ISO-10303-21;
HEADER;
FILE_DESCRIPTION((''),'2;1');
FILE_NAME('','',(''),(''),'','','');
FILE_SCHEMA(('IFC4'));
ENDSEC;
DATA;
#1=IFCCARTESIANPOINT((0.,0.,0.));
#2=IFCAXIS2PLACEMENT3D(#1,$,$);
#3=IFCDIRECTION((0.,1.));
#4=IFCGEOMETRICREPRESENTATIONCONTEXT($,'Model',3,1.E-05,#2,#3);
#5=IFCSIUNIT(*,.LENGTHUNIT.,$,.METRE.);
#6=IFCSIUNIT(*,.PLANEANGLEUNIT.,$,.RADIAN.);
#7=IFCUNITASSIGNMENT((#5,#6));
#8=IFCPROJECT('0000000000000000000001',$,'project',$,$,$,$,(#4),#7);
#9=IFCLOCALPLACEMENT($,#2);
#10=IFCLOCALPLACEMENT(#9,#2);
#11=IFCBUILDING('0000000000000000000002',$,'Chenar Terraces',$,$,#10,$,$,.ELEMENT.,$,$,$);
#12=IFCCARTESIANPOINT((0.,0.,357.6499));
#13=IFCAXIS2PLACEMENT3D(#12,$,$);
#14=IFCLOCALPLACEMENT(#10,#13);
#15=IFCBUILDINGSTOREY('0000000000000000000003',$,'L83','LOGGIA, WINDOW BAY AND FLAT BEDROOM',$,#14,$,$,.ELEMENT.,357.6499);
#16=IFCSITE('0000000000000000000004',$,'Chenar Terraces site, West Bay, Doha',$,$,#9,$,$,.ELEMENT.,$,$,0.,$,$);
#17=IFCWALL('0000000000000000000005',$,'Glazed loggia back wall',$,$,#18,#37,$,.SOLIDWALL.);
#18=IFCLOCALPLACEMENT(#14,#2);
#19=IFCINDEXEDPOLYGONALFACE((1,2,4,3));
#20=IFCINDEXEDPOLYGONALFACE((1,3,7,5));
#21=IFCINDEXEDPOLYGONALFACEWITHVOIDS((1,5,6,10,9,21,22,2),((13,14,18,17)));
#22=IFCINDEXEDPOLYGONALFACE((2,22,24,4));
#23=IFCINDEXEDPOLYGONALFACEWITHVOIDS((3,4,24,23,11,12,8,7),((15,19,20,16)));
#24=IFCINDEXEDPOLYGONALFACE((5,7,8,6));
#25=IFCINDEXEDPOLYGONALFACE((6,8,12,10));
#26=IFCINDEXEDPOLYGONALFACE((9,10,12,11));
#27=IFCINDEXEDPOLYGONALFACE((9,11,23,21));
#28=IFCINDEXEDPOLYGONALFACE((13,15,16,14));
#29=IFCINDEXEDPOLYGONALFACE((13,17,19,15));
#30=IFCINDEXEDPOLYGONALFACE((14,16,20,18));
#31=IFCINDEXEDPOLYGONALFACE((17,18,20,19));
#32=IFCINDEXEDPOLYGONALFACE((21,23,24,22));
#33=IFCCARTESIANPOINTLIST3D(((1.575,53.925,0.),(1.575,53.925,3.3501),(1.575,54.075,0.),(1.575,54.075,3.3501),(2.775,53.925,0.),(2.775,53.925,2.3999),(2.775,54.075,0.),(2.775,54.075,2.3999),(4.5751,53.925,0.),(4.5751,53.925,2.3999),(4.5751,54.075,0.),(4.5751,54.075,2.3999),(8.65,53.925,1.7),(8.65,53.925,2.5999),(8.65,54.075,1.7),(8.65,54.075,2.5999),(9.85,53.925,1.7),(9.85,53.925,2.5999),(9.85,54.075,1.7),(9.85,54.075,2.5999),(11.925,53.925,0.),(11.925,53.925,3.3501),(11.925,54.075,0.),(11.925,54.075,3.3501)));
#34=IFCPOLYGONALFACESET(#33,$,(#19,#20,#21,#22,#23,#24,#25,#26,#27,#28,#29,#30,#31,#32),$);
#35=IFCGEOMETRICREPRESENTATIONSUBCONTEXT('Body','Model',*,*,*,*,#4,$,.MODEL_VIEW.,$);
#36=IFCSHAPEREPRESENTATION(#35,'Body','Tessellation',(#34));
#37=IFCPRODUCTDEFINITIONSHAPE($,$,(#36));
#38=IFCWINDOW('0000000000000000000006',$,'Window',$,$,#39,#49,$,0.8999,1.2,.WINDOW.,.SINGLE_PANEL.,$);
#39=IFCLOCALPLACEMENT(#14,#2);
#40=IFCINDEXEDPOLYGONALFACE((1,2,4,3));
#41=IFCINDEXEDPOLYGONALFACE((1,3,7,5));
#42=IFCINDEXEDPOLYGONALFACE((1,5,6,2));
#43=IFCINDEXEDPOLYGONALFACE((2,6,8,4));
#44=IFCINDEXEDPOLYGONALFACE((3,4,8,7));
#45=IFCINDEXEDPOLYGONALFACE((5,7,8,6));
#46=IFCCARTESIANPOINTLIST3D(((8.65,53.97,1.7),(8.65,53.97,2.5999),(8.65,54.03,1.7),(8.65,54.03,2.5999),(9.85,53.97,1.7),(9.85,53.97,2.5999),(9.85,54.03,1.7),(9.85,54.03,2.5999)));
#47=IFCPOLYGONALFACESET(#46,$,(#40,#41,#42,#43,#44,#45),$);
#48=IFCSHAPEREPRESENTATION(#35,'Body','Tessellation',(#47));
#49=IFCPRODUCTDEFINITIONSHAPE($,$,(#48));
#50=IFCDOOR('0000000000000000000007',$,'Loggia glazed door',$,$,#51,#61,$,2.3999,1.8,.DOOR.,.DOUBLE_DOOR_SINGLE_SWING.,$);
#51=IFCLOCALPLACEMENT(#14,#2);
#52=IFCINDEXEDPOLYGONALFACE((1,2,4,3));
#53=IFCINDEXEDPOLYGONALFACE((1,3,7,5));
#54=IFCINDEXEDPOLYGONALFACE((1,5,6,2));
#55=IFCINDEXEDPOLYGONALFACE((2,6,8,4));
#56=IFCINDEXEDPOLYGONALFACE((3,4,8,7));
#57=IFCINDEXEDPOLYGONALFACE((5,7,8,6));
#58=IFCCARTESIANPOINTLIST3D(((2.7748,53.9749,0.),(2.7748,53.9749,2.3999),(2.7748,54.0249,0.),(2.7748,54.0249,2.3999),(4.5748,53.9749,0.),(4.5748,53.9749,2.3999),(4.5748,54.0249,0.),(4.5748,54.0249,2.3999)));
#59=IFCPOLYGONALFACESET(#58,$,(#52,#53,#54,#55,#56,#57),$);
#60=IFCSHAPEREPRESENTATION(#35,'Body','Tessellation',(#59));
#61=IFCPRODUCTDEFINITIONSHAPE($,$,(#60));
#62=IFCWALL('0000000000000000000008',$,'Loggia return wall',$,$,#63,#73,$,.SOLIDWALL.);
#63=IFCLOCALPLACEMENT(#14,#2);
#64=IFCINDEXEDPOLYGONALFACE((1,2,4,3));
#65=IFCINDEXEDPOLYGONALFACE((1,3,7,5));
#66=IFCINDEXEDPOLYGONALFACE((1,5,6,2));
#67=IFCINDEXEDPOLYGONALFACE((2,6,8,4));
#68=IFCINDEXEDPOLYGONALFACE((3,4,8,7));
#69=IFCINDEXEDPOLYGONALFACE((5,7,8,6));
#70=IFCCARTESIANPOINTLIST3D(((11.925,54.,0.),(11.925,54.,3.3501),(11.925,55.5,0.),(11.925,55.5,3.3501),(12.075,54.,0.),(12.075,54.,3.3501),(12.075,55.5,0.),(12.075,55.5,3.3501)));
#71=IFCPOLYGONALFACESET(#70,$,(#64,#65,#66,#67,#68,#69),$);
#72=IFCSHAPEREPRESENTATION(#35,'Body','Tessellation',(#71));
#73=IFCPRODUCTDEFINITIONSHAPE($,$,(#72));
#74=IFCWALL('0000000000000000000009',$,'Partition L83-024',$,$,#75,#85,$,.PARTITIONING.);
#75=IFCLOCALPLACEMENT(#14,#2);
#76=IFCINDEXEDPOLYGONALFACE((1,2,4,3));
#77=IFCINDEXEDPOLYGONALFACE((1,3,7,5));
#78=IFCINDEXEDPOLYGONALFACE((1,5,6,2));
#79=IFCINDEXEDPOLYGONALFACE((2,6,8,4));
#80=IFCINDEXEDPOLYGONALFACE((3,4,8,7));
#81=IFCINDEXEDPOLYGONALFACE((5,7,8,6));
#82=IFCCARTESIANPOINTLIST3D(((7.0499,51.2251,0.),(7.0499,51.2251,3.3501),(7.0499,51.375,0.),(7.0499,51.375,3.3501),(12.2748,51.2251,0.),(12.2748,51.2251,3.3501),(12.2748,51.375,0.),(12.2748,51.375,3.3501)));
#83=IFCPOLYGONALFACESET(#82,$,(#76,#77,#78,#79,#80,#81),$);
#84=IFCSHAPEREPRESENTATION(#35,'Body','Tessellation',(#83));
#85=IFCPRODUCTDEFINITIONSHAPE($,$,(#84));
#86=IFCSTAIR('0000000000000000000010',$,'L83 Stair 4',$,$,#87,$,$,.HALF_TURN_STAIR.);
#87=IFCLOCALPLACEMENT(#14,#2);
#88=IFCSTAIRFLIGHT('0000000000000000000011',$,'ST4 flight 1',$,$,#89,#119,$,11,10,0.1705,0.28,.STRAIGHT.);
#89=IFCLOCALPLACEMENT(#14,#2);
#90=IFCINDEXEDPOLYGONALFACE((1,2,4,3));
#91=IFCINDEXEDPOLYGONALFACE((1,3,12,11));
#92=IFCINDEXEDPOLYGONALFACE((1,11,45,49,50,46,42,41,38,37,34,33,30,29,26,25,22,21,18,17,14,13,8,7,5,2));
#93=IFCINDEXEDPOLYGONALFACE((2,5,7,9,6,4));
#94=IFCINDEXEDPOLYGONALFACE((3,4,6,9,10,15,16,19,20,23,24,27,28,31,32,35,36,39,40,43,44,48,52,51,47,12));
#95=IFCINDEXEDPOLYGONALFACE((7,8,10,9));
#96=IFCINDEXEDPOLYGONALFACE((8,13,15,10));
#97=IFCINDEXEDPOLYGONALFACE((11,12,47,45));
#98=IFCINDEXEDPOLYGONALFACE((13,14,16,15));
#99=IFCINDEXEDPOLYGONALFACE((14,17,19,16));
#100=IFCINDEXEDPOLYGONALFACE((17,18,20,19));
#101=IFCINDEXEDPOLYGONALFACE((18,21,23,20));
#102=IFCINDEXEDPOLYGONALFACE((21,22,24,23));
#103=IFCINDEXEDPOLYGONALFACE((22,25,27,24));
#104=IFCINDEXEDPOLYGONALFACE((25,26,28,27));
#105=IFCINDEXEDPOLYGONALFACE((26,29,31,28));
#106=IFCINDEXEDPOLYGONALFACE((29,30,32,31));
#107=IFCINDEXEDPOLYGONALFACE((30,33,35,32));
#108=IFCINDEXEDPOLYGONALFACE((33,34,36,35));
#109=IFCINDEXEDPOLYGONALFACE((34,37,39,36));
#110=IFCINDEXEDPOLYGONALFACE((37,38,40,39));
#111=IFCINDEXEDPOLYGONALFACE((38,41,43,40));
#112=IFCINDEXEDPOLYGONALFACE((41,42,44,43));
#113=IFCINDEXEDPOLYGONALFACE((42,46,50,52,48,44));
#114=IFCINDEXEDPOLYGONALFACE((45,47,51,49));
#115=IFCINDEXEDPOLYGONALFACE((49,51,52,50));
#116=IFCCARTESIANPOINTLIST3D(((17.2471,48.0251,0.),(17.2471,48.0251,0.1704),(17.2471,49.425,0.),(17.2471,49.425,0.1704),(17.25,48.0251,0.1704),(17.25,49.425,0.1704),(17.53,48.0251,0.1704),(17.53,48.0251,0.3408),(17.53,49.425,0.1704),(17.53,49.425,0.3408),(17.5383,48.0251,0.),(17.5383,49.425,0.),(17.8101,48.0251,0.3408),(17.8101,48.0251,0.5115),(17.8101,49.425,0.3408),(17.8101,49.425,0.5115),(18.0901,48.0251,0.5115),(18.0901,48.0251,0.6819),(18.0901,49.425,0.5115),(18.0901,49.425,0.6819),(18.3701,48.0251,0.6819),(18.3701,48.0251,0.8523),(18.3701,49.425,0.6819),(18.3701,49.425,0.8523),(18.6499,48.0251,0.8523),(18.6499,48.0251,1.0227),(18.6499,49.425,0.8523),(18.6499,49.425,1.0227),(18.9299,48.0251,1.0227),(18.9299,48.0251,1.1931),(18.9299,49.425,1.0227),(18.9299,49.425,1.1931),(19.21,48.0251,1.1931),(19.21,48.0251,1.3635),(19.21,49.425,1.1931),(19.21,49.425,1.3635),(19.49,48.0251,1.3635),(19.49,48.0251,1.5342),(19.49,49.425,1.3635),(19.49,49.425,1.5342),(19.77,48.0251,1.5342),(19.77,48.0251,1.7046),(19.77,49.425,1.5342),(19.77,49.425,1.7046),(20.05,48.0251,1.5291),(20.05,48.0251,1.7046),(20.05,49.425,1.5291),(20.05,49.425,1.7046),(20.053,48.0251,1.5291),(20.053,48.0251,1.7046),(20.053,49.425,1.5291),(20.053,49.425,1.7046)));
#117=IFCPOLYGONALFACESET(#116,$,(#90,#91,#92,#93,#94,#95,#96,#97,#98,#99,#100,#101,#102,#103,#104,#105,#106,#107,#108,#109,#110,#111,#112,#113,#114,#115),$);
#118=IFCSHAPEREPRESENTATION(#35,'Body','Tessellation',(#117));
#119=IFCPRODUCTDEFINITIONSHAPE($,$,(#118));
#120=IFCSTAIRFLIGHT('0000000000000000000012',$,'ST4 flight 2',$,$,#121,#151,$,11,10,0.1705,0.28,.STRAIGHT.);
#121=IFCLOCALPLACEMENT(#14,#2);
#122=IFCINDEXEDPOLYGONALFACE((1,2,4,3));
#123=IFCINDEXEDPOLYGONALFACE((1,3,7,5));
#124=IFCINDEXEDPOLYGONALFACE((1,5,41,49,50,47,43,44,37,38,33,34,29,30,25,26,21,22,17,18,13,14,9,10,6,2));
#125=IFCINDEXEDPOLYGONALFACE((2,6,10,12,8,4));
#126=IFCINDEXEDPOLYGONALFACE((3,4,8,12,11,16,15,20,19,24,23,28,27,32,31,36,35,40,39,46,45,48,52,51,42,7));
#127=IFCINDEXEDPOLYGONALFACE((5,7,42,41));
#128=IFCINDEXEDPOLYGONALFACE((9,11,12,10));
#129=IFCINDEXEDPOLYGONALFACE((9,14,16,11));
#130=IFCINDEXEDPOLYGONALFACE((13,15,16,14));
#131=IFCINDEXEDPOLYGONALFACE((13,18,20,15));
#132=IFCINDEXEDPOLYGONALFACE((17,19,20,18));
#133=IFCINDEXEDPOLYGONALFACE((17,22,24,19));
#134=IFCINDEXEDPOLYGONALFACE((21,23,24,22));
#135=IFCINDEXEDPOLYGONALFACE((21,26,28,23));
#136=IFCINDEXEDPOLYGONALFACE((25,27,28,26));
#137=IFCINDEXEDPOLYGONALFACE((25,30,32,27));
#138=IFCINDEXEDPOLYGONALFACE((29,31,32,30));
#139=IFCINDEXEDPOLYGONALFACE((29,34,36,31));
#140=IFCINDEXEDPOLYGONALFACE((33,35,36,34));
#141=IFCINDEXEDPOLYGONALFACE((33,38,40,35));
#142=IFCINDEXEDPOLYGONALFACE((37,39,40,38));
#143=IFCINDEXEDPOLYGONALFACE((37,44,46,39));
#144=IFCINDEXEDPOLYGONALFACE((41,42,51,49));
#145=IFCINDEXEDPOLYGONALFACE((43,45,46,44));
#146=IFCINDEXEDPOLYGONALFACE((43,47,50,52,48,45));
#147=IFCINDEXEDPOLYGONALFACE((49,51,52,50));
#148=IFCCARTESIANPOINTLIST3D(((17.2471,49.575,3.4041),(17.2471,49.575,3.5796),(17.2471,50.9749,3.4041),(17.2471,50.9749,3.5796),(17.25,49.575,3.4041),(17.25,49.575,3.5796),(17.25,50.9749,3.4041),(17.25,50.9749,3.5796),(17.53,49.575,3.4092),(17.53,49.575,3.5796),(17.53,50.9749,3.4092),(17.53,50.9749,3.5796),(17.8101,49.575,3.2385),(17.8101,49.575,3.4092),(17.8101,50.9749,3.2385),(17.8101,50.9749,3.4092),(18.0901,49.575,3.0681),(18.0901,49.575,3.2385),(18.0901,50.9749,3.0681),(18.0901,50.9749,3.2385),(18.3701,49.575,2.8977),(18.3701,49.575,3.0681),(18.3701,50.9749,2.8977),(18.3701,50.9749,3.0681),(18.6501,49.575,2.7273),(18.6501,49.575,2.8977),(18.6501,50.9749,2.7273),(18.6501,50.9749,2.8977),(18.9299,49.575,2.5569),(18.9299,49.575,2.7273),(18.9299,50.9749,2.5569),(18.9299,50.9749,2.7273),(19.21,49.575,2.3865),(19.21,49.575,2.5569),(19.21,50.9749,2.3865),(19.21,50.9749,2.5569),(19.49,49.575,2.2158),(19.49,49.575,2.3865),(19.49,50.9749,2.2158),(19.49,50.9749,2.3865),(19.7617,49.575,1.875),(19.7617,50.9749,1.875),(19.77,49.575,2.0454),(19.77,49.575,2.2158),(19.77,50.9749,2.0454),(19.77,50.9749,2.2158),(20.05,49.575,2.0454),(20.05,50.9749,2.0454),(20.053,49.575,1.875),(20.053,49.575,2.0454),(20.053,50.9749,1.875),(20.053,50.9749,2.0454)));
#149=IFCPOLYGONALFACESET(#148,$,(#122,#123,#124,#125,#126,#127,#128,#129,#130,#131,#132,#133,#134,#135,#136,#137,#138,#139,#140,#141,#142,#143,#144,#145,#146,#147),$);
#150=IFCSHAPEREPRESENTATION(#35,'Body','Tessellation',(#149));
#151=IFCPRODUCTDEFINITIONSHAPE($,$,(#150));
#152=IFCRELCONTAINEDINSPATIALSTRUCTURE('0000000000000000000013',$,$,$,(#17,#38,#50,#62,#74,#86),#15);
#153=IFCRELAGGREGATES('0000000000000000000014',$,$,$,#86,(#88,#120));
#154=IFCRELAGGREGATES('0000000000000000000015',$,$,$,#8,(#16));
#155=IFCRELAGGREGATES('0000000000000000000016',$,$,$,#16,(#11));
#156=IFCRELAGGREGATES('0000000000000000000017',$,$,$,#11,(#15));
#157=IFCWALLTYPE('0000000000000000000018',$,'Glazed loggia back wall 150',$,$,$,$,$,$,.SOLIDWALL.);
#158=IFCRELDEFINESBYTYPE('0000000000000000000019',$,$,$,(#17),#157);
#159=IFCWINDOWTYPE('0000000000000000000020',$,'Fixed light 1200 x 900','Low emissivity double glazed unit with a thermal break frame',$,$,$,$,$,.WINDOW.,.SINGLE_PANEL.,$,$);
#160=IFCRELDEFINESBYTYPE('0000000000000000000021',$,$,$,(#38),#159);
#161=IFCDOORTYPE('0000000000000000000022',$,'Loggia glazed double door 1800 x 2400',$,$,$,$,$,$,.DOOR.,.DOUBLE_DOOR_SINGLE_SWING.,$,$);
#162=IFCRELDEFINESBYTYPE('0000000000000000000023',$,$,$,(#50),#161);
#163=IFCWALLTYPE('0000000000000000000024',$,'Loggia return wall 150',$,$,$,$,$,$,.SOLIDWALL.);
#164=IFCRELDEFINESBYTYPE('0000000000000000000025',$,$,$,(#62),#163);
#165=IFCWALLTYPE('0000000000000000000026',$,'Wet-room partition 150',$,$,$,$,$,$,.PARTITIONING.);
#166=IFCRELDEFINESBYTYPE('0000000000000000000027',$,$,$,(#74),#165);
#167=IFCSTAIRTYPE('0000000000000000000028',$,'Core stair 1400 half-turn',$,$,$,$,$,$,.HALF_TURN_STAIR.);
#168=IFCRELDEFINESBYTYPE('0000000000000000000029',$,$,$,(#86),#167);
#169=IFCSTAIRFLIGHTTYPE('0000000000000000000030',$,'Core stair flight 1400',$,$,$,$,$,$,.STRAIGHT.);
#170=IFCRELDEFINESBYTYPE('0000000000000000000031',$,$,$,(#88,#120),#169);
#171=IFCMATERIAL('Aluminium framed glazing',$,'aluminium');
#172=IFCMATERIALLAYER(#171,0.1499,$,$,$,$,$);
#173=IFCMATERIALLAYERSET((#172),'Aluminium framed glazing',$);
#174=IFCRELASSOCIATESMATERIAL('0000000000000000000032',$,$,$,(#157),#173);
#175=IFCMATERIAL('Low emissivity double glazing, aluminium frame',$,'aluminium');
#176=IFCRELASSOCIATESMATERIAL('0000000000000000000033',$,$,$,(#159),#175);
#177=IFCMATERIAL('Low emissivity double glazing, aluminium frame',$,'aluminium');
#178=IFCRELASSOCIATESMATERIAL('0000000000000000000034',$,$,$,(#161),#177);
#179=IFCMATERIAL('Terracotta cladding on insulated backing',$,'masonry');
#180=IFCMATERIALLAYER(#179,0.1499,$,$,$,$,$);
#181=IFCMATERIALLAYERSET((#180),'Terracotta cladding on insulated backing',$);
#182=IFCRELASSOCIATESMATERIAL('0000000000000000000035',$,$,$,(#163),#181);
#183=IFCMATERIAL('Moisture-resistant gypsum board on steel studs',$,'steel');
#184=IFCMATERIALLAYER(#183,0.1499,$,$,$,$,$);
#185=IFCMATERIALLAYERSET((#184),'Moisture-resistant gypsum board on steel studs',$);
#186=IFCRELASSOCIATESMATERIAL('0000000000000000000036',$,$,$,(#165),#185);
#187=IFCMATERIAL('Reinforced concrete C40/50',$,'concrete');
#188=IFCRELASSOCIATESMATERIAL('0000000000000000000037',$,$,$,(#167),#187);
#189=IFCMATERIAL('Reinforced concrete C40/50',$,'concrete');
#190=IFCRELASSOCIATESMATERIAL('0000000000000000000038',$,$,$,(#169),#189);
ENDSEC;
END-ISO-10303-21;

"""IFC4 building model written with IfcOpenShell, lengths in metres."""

from ifc_helpers import new_model, si_unit, direction, frame, frame_2d, origin, place, context, subcontext, project, spatial, polyline, rectangle, outline, extrude, material, layer, layer_set, type_object, element, fill, aggregate, save


model = new_model("IFC4")

# Units and contexts
model_context = context("Model", 3, precision=1e-05, world=origin(), true_north=direction((0.0, 1.0)))
body_context = subcontext(model_context, "Body", "Model", "MODEL_VIEW")
ifc_project = project(units=[si_unit("LENGTHUNIT", "METRE"), si_unit("PLANEANGLEUNIT", "RADIAN")], contexts=[model_context])

# Site, building, storey
site_placement = place(None, origin())
site = spatial("IfcSite", under=ifc_project, at=site_placement, Name="Chenar Terraces site, West Bay, Doha", CompositionType="ELEMENT", RefElevation=0.0)
building_placement = place(site_placement, origin())
building = spatial("IfcBuilding", under=site, at=building_placement, Name="Chenar Terraces", CompositionType="ELEMENT")
storey_placement = place(building_placement, frame((0.0, 0.0, 357.6499)))
storey = spatial("IfcBuildingStorey", under=building, at=storey_placement, Name="L83", Description="LOGGIA, WINDOW BAY AND FLAT BEDROOM", CompositionType="ELEMENT", Elevation=357.6499)

# Wall, openings, window, door
ifc_material_1 = material(Name="Aluminium framed glazing", Category="aluminium")
ifc_layer_1 = layer(ifc_material_1, 0.1499)
ifc_layer_set_1 = layer_set([ifc_layer_1], Name="Aluminium framed glazing")
wall_type_1 = type_object("IfcWallType", Name="Glazed loggia back wall 150", PredefinedType="SOLIDWALL", material=ifc_layer_set_1)
wall_1_placement = place(storey_placement, frame((11.925, 54.0, 0.0), z_axis=(0.0, 0.0, 1.0), x_axis=(-1.0, 0.0, 0.0)))
wall_1 = element("IfcWall", 1, at=wall_1_placement, inside=storey, type_object=wall_type_1, Name="Glazed loggia back wall", PredefinedType="SOLIDWALL", context=body_context, shape_type="SweptSolid", body=[
    extrude(rectangle(XDim=10.3501, YDim=0.1499, at=frame_2d((5.175, 0.0))), origin(), (0.0, 0.0, 1.0), 3.3501),
])
opening_1_placement = place(wall_1_placement, frame((2.075, 0.0, 1.7)))
opening_1 = element("IfcOpeningElement", 2, at=opening_1_placement, cuts=wall_1, PredefinedType="OPENING", context=body_context, shape_type="SweptSolid", body=[
    extrude(rectangle(XDim=1.2, YDim=0.8999, at=frame_2d((0.6001, 0.45))), frame((0.0, 0.085, 0.0), z_axis=(0.0, -1.0, 0.0), x_axis=(1.0, 0.0, 0.0)), (0.0, 0.0, 1.0), 0.1699),
])
opening_2_placement = place(wall_1_placement, frame((7.3501, 0.0, 0.0)))
opening_2 = element("IfcOpeningElement", 3, at=opening_2_placement, cuts=wall_1, PredefinedType="OPENING", context=body_context, shape_type="SweptSolid", body=[
    extrude(rectangle(XDim=1.8, YDim=2.3999, at=frame_2d((0.8999, 1.2))), frame((0.0, 0.085, 0.0), z_axis=(0.0, -1.0, 0.0), x_axis=(1.0, 0.0, 0.0)), (0.0, 0.0, 1.0), 0.1699),
])
ifc_material_2 = material(Name="Low emissivity double glazing, aluminium frame", Category="aluminium")
window_type_1 = type_object("IfcWindowType", Name="Fixed light 1200 x 900", Description="Low emissivity double glazed unit with a thermal break frame", PartitioningType="SINGLE_PANEL", PredefinedType="WINDOW", material=ifc_material_2)
window_1_placement = place(opening_1_placement, origin())
window_1 = element("IfcWindow", 4, at=window_1_placement, inside=storey, type_object=window_type_1, Name="Window", OverallHeight=0.8999, OverallWidth=1.2, PartitioningType="SINGLE_PANEL", PredefinedType="WINDOW", context=body_context, shape_type="SweptSolid", body=[
    extrude(rectangle(XDim=1.2, YDim=0.8999, at=frame_2d((0.6001, 0.45))), frame((0.0, 0.03, 0.0), z_axis=(0.0, -1.0, 0.0), x_axis=(1.0, 0.0, 0.0)), (0.0, 0.0, 1.0), 0.0601),
])
fill(opening_1, window_1)
ifc_material_3 = material(Name="Low emissivity double glazing, aluminium frame", Category="aluminium")
door_type_1 = type_object("IfcDoorType", Name="Loggia glazed double door 1800 x 2400", OperationType="DOUBLE_DOOR_SINGLE_SWING", PredefinedType="DOOR", material=ifc_material_3)
door_1_placement = place(opening_2_placement, frame((1.8, 0.0, 0.0), z_axis=(0.0, 0.0, 1.0), x_axis=(-1.0, 0.0, 0.0)))
door_1 = element("IfcDoor", 5, at=door_1_placement, inside=storey, type_object=door_type_1, Name="Loggia glazed door", OperationType="DOUBLE_DOOR_SINGLE_SWING", OverallHeight=2.3999, OverallWidth=1.8, PredefinedType="DOOR", context=body_context, shape_type="SweptSolid", body=[
    extrude(rectangle(XDim=1.8, YDim=2.3999, at=frame_2d((0.8999, 1.2))), frame((0.0, 0.0249, 0.0), z_axis=(0.0, -1.0, 0.0), x_axis=(1.0, 0.0, 0.0)), (0.0, 0.0, 1.0), 0.05),
])
fill(opening_2, door_1)

# Walls
ifc_material_4 = material(Name="Terracotta cladding on insulated backing", Category="masonry")
ifc_layer_2 = layer(ifc_material_4, 0.1499)
ifc_layer_set_2 = layer_set([ifc_layer_2], Name="Terracotta cladding on insulated backing")
wall_type_2 = type_object("IfcWallType", Name="Loggia return wall 150", PredefinedType="SOLIDWALL", material=ifc_layer_set_2)
wall_2_placement = place(storey_placement, frame((12.0, 55.5, 0.0), z_axis=(0.0, 0.0, 1.0), x_axis=(0.0, -1.0, 0.0)))
element("IfcWall", 6, at=wall_2_placement, inside=storey, type_object=wall_type_2, Name="Loggia return wall", PredefinedType="SOLIDWALL", context=body_context, shape_type="SweptSolid", body=[
    extrude(rectangle(XDim=1.5, YDim=0.1499, at=frame_2d((0.75, 0.0))), origin(), (0.0, 0.0, 1.0), 3.3501),
])
ifc_material_5 = material(Name="Moisture-resistant gypsum board on steel studs", Category="steel")
ifc_layer_3 = layer(ifc_material_5, 0.1499)
ifc_layer_set_3 = layer_set([ifc_layer_3], Name="Moisture-resistant gypsum board on steel studs")
wall_type_3 = type_object("IfcWallType", Name="Wet-room partition 150", PredefinedType="PARTITIONING", material=ifc_layer_set_3)
wall_3_placement = place(storey_placement, frame((7.05, 51.3, 0.0), z_axis=(0.0, 0.0, 1.0), x_axis=(1.0, 0.0, 0.0)))
element("IfcWall", 7, at=wall_3_placement, inside=storey, type_object=wall_type_3, Name="Partition L83-024", PredefinedType="PARTITIONING", context=body_context, shape_type="SweptSolid", body=[
    extrude(rectangle(XDim=5.2249, YDim=0.1499, at=frame_2d((2.6123, 0.0))), origin(), (0.0, 0.0, 1.0), 3.3501),
])

# Stair, stair flights
ifc_material_6 = material(Name="Reinforced concrete C40/50", Category="concrete")
stair_type = type_object("IfcStairType", Name="Core stair 1400 half-turn", PredefinedType="HALF_TURN_STAIR", material=ifc_material_6)
stair_placement = place(storey_placement, origin())
stair = element("IfcStair", 8, at=stair_placement, inside=storey, type_object=stair_type, Name="L83 Stair 4", PredefinedType="HALF_TURN_STAIR")
ifc_material_7 = material(Name="Reinforced concrete C40/50", Category="concrete")
stair_flight_type = type_object("IfcStairFlightType", Name="Core stair flight 1400", PredefinedType="STRAIGHT", material=ifc_material_7)
stair_flight_1_placement = place(storey_placement, frame((17.25, 48.7251, 0.0), z_axis=(0.0, 0.0, 1.0), x_axis=(1.0, 0.0, 0.0)))
stair_flight_1 = element("IfcStairFlight", 9, at=stair_flight_1_placement, type_object=stair_flight_type, Name="ST4 flight 1", NumberOfRisers=11, NumberOfTreads=10, PredefinedType="STRAIGHT", RiserHeight=0.1705, TreadLength=0.28, context=body_context, shape_type="SweptSolid", body=[
    extrude(outline(polyline([(-0.0029, 0.0), (-0.0029, 0.1704), (0.0, 0.1704), (0.28, 0.1704), (0.28, 0.3408), (0.5601, 0.3408), (0.5601, 0.5115), (0.8401, 0.5115), (0.8401, 0.6819), (1.1201, 0.6819), (1.1201, 0.8523), (1.3999, 0.8523), (1.3999, 1.0227), (1.6799, 1.0227), (1.6799, 1.1931), (1.96, 1.1931), (1.96, 1.3635), (2.24, 1.3635), (2.24, 1.5342), (2.52, 1.5342), (2.52, 1.7046), (2.8, 1.7046), (2.803, 1.7046), (2.803, 1.5291), (2.8, 1.5291), (0.2883, 0.0), (-0.0029, 0.0)])), frame((0.0, 0.7, 0.0), z_axis=(0.0, -1.0, 0.0), x_axis=(1.0, 0.0, 0.0)), (0.0, 0.0, 1.0), 1.3999),
])
stair_flight_2_placement = place(storey_placement, frame((20.05, 50.2749, 1.875), z_axis=(0.0, 0.0, 1.0), x_axis=(-1.0, 0.0, 0.0)))
stair_flight_2 = element("IfcStairFlight", 10, at=stair_flight_2_placement, type_object=stair_flight_type, Name="ST4 flight 2", NumberOfRisers=11, NumberOfTreads=10, PredefinedType="STRAIGHT", RiserHeight=0.1705, TreadLength=0.28, context=body_context, shape_type="SweptSolid", body=[
    extrude(outline(polyline([(-0.0029, 0.0), (-0.0029, 0.1704), (0.0, 0.1704), (0.28, 0.1704), (0.28, 0.3408), (0.5601, 0.3408), (0.5601, 0.5115), (0.8401, 0.5115), (0.8401, 0.6819), (1.1201, 0.6819), (1.1201, 0.8523), (1.3999, 0.8523), (1.3999, 1.0227), (1.6799, 1.0227), (1.6799, 1.1931), (1.96, 1.1931), (1.96, 1.3635), (2.24, 1.3635), (2.24, 1.5342), (2.52, 1.5342), (2.52, 1.7046), (2.8, 1.7046), (2.803, 1.7046), (2.803, 1.5291), (2.8, 1.5291), (0.2883, 0.0), (-0.0029, 0.0)])), frame((0.0, 0.7, 0.0), z_axis=(0.0, -1.0, 0.0), x_axis=(1.0, 0.0, 0.0)), (0.0, 0.0, 1.0), 1.3999),
])
aggregate(stair, [stair_flight_1, stair_flight_2])

save(model, "model.ifc")
